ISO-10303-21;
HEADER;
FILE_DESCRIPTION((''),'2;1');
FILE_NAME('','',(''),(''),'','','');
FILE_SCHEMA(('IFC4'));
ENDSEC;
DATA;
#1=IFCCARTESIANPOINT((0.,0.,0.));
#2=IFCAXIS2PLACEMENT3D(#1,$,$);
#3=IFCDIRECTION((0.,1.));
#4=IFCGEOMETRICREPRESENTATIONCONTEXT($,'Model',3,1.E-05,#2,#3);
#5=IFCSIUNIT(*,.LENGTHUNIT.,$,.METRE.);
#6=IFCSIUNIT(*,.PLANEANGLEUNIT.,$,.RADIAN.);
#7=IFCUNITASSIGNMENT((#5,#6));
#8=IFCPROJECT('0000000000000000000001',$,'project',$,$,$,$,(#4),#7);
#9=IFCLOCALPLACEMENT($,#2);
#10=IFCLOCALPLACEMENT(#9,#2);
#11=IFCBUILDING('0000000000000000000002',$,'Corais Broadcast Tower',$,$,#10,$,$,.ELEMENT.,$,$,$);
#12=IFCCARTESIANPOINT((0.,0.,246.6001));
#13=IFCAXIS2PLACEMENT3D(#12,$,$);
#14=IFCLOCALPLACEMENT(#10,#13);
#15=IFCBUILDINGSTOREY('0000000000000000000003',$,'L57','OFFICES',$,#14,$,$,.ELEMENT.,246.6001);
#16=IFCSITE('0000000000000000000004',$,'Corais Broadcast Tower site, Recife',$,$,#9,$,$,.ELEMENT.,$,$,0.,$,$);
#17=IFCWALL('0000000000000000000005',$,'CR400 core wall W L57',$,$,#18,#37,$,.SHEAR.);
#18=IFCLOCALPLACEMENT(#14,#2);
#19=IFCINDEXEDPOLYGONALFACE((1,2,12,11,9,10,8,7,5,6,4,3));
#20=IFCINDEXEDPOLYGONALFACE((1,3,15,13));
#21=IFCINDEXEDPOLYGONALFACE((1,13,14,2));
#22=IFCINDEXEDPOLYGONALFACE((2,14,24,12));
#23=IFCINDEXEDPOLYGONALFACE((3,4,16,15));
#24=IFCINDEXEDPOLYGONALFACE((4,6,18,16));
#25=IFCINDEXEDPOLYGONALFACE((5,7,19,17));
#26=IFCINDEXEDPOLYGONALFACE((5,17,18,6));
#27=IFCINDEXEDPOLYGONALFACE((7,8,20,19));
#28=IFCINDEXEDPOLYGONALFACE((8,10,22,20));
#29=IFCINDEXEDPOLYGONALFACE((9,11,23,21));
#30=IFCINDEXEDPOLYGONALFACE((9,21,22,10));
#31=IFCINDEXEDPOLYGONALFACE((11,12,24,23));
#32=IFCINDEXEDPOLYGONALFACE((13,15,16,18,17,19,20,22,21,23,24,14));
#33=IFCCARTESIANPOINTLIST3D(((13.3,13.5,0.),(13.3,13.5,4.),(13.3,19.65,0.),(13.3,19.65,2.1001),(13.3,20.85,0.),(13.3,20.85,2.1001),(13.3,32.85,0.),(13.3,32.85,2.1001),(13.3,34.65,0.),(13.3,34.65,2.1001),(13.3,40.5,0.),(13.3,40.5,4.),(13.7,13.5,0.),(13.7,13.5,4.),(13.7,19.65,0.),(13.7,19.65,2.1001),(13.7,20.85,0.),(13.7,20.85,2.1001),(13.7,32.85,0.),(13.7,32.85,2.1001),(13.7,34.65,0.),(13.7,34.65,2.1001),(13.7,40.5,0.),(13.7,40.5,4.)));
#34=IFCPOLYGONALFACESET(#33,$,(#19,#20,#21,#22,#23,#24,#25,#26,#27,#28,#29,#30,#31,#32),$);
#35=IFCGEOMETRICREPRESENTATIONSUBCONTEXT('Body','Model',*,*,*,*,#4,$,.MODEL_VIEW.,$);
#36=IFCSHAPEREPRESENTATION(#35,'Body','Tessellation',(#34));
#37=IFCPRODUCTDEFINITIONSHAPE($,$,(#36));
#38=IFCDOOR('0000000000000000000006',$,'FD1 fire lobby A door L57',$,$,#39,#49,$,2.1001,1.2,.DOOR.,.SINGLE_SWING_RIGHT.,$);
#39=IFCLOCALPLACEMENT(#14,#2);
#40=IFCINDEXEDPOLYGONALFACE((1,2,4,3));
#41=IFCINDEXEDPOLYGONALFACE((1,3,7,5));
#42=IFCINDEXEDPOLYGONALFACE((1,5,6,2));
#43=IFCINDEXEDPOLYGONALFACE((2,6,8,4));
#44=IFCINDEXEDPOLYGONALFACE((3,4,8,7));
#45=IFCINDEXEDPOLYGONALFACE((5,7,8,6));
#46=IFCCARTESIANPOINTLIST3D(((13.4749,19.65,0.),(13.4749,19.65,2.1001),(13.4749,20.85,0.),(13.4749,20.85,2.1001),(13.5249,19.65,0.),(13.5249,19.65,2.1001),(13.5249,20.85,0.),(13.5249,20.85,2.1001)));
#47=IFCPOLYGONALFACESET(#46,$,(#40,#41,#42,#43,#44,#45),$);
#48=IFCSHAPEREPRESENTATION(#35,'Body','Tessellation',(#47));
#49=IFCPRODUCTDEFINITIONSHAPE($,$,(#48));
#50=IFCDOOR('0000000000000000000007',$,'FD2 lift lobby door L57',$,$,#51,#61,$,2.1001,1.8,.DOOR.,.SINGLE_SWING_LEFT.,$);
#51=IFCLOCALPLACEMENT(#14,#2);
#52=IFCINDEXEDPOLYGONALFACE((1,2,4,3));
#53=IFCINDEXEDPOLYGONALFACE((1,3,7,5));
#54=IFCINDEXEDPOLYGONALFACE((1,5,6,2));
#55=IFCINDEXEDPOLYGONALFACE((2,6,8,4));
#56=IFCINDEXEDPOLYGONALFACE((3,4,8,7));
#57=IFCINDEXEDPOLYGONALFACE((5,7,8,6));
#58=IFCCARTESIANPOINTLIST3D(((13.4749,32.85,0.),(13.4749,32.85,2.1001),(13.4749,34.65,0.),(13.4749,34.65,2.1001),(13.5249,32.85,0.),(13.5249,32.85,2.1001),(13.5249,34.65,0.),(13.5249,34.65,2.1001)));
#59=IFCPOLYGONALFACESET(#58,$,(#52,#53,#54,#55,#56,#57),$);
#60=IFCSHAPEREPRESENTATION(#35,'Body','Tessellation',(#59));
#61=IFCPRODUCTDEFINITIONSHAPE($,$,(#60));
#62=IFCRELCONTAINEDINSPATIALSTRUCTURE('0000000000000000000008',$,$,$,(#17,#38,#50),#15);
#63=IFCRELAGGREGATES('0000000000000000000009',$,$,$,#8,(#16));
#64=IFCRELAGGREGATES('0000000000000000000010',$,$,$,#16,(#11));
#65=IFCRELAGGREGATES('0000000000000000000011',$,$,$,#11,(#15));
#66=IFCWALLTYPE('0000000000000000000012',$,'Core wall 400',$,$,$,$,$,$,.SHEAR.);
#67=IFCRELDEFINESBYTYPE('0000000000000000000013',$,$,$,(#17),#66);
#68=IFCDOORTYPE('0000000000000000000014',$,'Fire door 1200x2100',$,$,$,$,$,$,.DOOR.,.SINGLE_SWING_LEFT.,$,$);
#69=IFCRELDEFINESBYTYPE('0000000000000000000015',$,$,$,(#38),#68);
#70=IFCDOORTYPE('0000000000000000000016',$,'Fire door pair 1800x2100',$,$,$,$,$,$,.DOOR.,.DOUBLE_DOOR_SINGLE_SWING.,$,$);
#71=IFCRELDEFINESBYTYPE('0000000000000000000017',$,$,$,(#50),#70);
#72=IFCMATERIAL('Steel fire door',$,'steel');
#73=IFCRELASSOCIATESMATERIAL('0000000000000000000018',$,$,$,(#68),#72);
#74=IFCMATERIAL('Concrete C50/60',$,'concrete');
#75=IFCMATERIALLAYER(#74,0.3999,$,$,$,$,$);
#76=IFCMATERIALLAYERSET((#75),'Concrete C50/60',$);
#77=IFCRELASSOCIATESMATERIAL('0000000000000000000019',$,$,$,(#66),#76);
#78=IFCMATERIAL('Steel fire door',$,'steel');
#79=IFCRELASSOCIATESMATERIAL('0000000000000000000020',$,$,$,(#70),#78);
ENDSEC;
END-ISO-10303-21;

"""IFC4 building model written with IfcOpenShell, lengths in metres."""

from ifc_helpers import new_model, si_unit, direction, frame, frame_2d, origin, place, context, subcontext, project, spatial, rectangle, extrude, material, layer, layer_set, type_object, element, fill, save


model = new_model("IFC4")

# Units and contexts
model_context = context("Model", 3, precision=1e-05, world=origin(), true_north=direction((0.0, 1.0)))
body_context = subcontext(model_context, "Body", "Model", "MODEL_VIEW")
ifc_project = project(units=[si_unit("LENGTHUNIT", "METRE"), si_unit("PLANEANGLEUNIT", "RADIAN")], contexts=[model_context])

# Site, building, storey
site_placement = place(None, origin())
site = spatial("IfcSite", under=ifc_project, at=site_placement, Name="Corais Broadcast Tower site, Recife", CompositionType="ELEMENT", RefElevation=0.0)
building_placement = place(site_placement, origin())
building = spatial("IfcBuilding", under=site, at=building_placement, Name="Corais Broadcast Tower", CompositionType="ELEMENT")
storey_placement = place(building_placement, frame((0.0, 0.0, 246.6001)))
storey = spatial("IfcBuildingStorey", under=building, at=storey_placement, Name="L57", Description="OFFICES", CompositionType="ELEMENT", Elevation=246.6001)

# Wall, openings, doors
ifc_material_1 = material(Name="Steel fire door", Category="steel")
door_type_1 = type_object("IfcDoorType", Name="Fire door 1200x2100", OperationType="SINGLE_SWING_LEFT", PredefinedType="DOOR", material=ifc_material_1)
ifc_material_2 = material(Name="Concrete C50/60", Category="concrete")
ifc_layer_1 = layer(ifc_material_2, 0.3999)
ifc_layer_set_1 = layer_set([ifc_layer_1], Name="Concrete C50/60")
wall_type_1 = type_object("IfcWallType", Name="Core wall 400", PredefinedType="SHEAR", material=ifc_layer_set_1)
wall_1_placement = place(storey_placement, frame((13.5, 40.5, 0.0), z_axis=(0.0, 0.0, 1.0), x_axis=(0.0, -1.0, 0.0)))
wall_1 = element("IfcWall", 1, at=wall_1_placement, inside=storey, type_object=wall_type_1, Name="CR400 core wall W L57", PredefinedType="SHEAR", context=body_context, shape_type="SweptSolid", body=[
    extrude(rectangle(XDim=27.0, YDim=0.3999, at=frame_2d((13.5, 0.0))), origin(), (0.0, 0.0, 1.0), 4.0),
])
opening_1_placement = place(wall_1_placement, frame((19.6499, 0.0, 0.0)))
opening_1 = element("IfcOpeningElement", 2, at=opening_1_placement, cuts=wall_1, PredefinedType="OPENING", context=body_context, shape_type="SweptSolid", body=[
    extrude(rectangle(XDim=1.2, YDim=2.1001, at=frame_2d((0.6001, 1.05))), frame((0.0, 0.21, 0.0), z_axis=(0.0, -1.0, 0.0), x_axis=(1.0, 0.0, 0.0)), (0.0, 0.0, 1.0), 0.4199),
])
opening_2_placement = place(wall_1_placement, frame((5.8501, 0.0, 0.0)))
opening_2 = element("IfcOpeningElement", 3, at=opening_2_placement, cuts=wall_1, PredefinedType="OPENING", context=body_context, shape_type="SweptSolid", body=[
    extrude(rectangle(XDim=1.8, YDim=2.1001, at=frame_2d((0.8999, 1.05))), frame((0.0, 0.21, 0.0), z_axis=(0.0, -1.0, 0.0), x_axis=(1.0, 0.0, 0.0)), (0.0, 0.0, 1.0), 0.4199),
])
door_1_placement = place(opening_1_placement, origin())
door_1 = element("IfcDoor", 4, at=door_1_placement, inside=storey, type_object=door_type_1, Name="FD1 fire lobby A door L57", OperationType="SINGLE_SWING_RIGHT", OverallHeight=2.1001, OverallWidth=1.2, PredefinedType="DOOR", context=body_context, shape_type="SweptSolid", body=[
    extrude(rectangle(XDim=1.2, YDim=2.1001, at=frame_2d((0.6001, 1.05))), frame((0.0, 0.0249, 0.0), z_axis=(0.0, -1.0, 0.0), x_axis=(1.0, 0.0, 0.0)), (0.0, 0.0, 1.0), 0.05),
])
fill(opening_1, door_1)
ifc_material_3 = material(Name="Steel fire door", Category="steel")
door_type_2 = type_object("IfcDoorType", Name="Fire door pair 1800x2100", OperationType="DOUBLE_DOOR_SINGLE_SWING", PredefinedType="DOOR", material=ifc_material_3)
door_2_placement = place(opening_2_placement, origin())
door_2 = element("IfcDoor", 5, at=door_2_placement, inside=storey, type_object=door_type_2, Name="FD2 lift lobby door L57", OperationType="SINGLE_SWING_LEFT", OverallHeight=2.1001, OverallWidth=1.8, PredefinedType="DOOR", context=body_context, shape_type="SweptSolid", body=[
    extrude(rectangle(XDim=1.8, YDim=2.1001, at=frame_2d((0.8999, 1.05))), frame((0.0, 0.0249, 0.0), z_axis=(0.0, -1.0, 0.0), x_axis=(1.0, 0.0, 0.0)), (0.0, 0.0, 1.0), 0.05),
])
fill(opening_2, door_2)

save(model, "model.ifc")
